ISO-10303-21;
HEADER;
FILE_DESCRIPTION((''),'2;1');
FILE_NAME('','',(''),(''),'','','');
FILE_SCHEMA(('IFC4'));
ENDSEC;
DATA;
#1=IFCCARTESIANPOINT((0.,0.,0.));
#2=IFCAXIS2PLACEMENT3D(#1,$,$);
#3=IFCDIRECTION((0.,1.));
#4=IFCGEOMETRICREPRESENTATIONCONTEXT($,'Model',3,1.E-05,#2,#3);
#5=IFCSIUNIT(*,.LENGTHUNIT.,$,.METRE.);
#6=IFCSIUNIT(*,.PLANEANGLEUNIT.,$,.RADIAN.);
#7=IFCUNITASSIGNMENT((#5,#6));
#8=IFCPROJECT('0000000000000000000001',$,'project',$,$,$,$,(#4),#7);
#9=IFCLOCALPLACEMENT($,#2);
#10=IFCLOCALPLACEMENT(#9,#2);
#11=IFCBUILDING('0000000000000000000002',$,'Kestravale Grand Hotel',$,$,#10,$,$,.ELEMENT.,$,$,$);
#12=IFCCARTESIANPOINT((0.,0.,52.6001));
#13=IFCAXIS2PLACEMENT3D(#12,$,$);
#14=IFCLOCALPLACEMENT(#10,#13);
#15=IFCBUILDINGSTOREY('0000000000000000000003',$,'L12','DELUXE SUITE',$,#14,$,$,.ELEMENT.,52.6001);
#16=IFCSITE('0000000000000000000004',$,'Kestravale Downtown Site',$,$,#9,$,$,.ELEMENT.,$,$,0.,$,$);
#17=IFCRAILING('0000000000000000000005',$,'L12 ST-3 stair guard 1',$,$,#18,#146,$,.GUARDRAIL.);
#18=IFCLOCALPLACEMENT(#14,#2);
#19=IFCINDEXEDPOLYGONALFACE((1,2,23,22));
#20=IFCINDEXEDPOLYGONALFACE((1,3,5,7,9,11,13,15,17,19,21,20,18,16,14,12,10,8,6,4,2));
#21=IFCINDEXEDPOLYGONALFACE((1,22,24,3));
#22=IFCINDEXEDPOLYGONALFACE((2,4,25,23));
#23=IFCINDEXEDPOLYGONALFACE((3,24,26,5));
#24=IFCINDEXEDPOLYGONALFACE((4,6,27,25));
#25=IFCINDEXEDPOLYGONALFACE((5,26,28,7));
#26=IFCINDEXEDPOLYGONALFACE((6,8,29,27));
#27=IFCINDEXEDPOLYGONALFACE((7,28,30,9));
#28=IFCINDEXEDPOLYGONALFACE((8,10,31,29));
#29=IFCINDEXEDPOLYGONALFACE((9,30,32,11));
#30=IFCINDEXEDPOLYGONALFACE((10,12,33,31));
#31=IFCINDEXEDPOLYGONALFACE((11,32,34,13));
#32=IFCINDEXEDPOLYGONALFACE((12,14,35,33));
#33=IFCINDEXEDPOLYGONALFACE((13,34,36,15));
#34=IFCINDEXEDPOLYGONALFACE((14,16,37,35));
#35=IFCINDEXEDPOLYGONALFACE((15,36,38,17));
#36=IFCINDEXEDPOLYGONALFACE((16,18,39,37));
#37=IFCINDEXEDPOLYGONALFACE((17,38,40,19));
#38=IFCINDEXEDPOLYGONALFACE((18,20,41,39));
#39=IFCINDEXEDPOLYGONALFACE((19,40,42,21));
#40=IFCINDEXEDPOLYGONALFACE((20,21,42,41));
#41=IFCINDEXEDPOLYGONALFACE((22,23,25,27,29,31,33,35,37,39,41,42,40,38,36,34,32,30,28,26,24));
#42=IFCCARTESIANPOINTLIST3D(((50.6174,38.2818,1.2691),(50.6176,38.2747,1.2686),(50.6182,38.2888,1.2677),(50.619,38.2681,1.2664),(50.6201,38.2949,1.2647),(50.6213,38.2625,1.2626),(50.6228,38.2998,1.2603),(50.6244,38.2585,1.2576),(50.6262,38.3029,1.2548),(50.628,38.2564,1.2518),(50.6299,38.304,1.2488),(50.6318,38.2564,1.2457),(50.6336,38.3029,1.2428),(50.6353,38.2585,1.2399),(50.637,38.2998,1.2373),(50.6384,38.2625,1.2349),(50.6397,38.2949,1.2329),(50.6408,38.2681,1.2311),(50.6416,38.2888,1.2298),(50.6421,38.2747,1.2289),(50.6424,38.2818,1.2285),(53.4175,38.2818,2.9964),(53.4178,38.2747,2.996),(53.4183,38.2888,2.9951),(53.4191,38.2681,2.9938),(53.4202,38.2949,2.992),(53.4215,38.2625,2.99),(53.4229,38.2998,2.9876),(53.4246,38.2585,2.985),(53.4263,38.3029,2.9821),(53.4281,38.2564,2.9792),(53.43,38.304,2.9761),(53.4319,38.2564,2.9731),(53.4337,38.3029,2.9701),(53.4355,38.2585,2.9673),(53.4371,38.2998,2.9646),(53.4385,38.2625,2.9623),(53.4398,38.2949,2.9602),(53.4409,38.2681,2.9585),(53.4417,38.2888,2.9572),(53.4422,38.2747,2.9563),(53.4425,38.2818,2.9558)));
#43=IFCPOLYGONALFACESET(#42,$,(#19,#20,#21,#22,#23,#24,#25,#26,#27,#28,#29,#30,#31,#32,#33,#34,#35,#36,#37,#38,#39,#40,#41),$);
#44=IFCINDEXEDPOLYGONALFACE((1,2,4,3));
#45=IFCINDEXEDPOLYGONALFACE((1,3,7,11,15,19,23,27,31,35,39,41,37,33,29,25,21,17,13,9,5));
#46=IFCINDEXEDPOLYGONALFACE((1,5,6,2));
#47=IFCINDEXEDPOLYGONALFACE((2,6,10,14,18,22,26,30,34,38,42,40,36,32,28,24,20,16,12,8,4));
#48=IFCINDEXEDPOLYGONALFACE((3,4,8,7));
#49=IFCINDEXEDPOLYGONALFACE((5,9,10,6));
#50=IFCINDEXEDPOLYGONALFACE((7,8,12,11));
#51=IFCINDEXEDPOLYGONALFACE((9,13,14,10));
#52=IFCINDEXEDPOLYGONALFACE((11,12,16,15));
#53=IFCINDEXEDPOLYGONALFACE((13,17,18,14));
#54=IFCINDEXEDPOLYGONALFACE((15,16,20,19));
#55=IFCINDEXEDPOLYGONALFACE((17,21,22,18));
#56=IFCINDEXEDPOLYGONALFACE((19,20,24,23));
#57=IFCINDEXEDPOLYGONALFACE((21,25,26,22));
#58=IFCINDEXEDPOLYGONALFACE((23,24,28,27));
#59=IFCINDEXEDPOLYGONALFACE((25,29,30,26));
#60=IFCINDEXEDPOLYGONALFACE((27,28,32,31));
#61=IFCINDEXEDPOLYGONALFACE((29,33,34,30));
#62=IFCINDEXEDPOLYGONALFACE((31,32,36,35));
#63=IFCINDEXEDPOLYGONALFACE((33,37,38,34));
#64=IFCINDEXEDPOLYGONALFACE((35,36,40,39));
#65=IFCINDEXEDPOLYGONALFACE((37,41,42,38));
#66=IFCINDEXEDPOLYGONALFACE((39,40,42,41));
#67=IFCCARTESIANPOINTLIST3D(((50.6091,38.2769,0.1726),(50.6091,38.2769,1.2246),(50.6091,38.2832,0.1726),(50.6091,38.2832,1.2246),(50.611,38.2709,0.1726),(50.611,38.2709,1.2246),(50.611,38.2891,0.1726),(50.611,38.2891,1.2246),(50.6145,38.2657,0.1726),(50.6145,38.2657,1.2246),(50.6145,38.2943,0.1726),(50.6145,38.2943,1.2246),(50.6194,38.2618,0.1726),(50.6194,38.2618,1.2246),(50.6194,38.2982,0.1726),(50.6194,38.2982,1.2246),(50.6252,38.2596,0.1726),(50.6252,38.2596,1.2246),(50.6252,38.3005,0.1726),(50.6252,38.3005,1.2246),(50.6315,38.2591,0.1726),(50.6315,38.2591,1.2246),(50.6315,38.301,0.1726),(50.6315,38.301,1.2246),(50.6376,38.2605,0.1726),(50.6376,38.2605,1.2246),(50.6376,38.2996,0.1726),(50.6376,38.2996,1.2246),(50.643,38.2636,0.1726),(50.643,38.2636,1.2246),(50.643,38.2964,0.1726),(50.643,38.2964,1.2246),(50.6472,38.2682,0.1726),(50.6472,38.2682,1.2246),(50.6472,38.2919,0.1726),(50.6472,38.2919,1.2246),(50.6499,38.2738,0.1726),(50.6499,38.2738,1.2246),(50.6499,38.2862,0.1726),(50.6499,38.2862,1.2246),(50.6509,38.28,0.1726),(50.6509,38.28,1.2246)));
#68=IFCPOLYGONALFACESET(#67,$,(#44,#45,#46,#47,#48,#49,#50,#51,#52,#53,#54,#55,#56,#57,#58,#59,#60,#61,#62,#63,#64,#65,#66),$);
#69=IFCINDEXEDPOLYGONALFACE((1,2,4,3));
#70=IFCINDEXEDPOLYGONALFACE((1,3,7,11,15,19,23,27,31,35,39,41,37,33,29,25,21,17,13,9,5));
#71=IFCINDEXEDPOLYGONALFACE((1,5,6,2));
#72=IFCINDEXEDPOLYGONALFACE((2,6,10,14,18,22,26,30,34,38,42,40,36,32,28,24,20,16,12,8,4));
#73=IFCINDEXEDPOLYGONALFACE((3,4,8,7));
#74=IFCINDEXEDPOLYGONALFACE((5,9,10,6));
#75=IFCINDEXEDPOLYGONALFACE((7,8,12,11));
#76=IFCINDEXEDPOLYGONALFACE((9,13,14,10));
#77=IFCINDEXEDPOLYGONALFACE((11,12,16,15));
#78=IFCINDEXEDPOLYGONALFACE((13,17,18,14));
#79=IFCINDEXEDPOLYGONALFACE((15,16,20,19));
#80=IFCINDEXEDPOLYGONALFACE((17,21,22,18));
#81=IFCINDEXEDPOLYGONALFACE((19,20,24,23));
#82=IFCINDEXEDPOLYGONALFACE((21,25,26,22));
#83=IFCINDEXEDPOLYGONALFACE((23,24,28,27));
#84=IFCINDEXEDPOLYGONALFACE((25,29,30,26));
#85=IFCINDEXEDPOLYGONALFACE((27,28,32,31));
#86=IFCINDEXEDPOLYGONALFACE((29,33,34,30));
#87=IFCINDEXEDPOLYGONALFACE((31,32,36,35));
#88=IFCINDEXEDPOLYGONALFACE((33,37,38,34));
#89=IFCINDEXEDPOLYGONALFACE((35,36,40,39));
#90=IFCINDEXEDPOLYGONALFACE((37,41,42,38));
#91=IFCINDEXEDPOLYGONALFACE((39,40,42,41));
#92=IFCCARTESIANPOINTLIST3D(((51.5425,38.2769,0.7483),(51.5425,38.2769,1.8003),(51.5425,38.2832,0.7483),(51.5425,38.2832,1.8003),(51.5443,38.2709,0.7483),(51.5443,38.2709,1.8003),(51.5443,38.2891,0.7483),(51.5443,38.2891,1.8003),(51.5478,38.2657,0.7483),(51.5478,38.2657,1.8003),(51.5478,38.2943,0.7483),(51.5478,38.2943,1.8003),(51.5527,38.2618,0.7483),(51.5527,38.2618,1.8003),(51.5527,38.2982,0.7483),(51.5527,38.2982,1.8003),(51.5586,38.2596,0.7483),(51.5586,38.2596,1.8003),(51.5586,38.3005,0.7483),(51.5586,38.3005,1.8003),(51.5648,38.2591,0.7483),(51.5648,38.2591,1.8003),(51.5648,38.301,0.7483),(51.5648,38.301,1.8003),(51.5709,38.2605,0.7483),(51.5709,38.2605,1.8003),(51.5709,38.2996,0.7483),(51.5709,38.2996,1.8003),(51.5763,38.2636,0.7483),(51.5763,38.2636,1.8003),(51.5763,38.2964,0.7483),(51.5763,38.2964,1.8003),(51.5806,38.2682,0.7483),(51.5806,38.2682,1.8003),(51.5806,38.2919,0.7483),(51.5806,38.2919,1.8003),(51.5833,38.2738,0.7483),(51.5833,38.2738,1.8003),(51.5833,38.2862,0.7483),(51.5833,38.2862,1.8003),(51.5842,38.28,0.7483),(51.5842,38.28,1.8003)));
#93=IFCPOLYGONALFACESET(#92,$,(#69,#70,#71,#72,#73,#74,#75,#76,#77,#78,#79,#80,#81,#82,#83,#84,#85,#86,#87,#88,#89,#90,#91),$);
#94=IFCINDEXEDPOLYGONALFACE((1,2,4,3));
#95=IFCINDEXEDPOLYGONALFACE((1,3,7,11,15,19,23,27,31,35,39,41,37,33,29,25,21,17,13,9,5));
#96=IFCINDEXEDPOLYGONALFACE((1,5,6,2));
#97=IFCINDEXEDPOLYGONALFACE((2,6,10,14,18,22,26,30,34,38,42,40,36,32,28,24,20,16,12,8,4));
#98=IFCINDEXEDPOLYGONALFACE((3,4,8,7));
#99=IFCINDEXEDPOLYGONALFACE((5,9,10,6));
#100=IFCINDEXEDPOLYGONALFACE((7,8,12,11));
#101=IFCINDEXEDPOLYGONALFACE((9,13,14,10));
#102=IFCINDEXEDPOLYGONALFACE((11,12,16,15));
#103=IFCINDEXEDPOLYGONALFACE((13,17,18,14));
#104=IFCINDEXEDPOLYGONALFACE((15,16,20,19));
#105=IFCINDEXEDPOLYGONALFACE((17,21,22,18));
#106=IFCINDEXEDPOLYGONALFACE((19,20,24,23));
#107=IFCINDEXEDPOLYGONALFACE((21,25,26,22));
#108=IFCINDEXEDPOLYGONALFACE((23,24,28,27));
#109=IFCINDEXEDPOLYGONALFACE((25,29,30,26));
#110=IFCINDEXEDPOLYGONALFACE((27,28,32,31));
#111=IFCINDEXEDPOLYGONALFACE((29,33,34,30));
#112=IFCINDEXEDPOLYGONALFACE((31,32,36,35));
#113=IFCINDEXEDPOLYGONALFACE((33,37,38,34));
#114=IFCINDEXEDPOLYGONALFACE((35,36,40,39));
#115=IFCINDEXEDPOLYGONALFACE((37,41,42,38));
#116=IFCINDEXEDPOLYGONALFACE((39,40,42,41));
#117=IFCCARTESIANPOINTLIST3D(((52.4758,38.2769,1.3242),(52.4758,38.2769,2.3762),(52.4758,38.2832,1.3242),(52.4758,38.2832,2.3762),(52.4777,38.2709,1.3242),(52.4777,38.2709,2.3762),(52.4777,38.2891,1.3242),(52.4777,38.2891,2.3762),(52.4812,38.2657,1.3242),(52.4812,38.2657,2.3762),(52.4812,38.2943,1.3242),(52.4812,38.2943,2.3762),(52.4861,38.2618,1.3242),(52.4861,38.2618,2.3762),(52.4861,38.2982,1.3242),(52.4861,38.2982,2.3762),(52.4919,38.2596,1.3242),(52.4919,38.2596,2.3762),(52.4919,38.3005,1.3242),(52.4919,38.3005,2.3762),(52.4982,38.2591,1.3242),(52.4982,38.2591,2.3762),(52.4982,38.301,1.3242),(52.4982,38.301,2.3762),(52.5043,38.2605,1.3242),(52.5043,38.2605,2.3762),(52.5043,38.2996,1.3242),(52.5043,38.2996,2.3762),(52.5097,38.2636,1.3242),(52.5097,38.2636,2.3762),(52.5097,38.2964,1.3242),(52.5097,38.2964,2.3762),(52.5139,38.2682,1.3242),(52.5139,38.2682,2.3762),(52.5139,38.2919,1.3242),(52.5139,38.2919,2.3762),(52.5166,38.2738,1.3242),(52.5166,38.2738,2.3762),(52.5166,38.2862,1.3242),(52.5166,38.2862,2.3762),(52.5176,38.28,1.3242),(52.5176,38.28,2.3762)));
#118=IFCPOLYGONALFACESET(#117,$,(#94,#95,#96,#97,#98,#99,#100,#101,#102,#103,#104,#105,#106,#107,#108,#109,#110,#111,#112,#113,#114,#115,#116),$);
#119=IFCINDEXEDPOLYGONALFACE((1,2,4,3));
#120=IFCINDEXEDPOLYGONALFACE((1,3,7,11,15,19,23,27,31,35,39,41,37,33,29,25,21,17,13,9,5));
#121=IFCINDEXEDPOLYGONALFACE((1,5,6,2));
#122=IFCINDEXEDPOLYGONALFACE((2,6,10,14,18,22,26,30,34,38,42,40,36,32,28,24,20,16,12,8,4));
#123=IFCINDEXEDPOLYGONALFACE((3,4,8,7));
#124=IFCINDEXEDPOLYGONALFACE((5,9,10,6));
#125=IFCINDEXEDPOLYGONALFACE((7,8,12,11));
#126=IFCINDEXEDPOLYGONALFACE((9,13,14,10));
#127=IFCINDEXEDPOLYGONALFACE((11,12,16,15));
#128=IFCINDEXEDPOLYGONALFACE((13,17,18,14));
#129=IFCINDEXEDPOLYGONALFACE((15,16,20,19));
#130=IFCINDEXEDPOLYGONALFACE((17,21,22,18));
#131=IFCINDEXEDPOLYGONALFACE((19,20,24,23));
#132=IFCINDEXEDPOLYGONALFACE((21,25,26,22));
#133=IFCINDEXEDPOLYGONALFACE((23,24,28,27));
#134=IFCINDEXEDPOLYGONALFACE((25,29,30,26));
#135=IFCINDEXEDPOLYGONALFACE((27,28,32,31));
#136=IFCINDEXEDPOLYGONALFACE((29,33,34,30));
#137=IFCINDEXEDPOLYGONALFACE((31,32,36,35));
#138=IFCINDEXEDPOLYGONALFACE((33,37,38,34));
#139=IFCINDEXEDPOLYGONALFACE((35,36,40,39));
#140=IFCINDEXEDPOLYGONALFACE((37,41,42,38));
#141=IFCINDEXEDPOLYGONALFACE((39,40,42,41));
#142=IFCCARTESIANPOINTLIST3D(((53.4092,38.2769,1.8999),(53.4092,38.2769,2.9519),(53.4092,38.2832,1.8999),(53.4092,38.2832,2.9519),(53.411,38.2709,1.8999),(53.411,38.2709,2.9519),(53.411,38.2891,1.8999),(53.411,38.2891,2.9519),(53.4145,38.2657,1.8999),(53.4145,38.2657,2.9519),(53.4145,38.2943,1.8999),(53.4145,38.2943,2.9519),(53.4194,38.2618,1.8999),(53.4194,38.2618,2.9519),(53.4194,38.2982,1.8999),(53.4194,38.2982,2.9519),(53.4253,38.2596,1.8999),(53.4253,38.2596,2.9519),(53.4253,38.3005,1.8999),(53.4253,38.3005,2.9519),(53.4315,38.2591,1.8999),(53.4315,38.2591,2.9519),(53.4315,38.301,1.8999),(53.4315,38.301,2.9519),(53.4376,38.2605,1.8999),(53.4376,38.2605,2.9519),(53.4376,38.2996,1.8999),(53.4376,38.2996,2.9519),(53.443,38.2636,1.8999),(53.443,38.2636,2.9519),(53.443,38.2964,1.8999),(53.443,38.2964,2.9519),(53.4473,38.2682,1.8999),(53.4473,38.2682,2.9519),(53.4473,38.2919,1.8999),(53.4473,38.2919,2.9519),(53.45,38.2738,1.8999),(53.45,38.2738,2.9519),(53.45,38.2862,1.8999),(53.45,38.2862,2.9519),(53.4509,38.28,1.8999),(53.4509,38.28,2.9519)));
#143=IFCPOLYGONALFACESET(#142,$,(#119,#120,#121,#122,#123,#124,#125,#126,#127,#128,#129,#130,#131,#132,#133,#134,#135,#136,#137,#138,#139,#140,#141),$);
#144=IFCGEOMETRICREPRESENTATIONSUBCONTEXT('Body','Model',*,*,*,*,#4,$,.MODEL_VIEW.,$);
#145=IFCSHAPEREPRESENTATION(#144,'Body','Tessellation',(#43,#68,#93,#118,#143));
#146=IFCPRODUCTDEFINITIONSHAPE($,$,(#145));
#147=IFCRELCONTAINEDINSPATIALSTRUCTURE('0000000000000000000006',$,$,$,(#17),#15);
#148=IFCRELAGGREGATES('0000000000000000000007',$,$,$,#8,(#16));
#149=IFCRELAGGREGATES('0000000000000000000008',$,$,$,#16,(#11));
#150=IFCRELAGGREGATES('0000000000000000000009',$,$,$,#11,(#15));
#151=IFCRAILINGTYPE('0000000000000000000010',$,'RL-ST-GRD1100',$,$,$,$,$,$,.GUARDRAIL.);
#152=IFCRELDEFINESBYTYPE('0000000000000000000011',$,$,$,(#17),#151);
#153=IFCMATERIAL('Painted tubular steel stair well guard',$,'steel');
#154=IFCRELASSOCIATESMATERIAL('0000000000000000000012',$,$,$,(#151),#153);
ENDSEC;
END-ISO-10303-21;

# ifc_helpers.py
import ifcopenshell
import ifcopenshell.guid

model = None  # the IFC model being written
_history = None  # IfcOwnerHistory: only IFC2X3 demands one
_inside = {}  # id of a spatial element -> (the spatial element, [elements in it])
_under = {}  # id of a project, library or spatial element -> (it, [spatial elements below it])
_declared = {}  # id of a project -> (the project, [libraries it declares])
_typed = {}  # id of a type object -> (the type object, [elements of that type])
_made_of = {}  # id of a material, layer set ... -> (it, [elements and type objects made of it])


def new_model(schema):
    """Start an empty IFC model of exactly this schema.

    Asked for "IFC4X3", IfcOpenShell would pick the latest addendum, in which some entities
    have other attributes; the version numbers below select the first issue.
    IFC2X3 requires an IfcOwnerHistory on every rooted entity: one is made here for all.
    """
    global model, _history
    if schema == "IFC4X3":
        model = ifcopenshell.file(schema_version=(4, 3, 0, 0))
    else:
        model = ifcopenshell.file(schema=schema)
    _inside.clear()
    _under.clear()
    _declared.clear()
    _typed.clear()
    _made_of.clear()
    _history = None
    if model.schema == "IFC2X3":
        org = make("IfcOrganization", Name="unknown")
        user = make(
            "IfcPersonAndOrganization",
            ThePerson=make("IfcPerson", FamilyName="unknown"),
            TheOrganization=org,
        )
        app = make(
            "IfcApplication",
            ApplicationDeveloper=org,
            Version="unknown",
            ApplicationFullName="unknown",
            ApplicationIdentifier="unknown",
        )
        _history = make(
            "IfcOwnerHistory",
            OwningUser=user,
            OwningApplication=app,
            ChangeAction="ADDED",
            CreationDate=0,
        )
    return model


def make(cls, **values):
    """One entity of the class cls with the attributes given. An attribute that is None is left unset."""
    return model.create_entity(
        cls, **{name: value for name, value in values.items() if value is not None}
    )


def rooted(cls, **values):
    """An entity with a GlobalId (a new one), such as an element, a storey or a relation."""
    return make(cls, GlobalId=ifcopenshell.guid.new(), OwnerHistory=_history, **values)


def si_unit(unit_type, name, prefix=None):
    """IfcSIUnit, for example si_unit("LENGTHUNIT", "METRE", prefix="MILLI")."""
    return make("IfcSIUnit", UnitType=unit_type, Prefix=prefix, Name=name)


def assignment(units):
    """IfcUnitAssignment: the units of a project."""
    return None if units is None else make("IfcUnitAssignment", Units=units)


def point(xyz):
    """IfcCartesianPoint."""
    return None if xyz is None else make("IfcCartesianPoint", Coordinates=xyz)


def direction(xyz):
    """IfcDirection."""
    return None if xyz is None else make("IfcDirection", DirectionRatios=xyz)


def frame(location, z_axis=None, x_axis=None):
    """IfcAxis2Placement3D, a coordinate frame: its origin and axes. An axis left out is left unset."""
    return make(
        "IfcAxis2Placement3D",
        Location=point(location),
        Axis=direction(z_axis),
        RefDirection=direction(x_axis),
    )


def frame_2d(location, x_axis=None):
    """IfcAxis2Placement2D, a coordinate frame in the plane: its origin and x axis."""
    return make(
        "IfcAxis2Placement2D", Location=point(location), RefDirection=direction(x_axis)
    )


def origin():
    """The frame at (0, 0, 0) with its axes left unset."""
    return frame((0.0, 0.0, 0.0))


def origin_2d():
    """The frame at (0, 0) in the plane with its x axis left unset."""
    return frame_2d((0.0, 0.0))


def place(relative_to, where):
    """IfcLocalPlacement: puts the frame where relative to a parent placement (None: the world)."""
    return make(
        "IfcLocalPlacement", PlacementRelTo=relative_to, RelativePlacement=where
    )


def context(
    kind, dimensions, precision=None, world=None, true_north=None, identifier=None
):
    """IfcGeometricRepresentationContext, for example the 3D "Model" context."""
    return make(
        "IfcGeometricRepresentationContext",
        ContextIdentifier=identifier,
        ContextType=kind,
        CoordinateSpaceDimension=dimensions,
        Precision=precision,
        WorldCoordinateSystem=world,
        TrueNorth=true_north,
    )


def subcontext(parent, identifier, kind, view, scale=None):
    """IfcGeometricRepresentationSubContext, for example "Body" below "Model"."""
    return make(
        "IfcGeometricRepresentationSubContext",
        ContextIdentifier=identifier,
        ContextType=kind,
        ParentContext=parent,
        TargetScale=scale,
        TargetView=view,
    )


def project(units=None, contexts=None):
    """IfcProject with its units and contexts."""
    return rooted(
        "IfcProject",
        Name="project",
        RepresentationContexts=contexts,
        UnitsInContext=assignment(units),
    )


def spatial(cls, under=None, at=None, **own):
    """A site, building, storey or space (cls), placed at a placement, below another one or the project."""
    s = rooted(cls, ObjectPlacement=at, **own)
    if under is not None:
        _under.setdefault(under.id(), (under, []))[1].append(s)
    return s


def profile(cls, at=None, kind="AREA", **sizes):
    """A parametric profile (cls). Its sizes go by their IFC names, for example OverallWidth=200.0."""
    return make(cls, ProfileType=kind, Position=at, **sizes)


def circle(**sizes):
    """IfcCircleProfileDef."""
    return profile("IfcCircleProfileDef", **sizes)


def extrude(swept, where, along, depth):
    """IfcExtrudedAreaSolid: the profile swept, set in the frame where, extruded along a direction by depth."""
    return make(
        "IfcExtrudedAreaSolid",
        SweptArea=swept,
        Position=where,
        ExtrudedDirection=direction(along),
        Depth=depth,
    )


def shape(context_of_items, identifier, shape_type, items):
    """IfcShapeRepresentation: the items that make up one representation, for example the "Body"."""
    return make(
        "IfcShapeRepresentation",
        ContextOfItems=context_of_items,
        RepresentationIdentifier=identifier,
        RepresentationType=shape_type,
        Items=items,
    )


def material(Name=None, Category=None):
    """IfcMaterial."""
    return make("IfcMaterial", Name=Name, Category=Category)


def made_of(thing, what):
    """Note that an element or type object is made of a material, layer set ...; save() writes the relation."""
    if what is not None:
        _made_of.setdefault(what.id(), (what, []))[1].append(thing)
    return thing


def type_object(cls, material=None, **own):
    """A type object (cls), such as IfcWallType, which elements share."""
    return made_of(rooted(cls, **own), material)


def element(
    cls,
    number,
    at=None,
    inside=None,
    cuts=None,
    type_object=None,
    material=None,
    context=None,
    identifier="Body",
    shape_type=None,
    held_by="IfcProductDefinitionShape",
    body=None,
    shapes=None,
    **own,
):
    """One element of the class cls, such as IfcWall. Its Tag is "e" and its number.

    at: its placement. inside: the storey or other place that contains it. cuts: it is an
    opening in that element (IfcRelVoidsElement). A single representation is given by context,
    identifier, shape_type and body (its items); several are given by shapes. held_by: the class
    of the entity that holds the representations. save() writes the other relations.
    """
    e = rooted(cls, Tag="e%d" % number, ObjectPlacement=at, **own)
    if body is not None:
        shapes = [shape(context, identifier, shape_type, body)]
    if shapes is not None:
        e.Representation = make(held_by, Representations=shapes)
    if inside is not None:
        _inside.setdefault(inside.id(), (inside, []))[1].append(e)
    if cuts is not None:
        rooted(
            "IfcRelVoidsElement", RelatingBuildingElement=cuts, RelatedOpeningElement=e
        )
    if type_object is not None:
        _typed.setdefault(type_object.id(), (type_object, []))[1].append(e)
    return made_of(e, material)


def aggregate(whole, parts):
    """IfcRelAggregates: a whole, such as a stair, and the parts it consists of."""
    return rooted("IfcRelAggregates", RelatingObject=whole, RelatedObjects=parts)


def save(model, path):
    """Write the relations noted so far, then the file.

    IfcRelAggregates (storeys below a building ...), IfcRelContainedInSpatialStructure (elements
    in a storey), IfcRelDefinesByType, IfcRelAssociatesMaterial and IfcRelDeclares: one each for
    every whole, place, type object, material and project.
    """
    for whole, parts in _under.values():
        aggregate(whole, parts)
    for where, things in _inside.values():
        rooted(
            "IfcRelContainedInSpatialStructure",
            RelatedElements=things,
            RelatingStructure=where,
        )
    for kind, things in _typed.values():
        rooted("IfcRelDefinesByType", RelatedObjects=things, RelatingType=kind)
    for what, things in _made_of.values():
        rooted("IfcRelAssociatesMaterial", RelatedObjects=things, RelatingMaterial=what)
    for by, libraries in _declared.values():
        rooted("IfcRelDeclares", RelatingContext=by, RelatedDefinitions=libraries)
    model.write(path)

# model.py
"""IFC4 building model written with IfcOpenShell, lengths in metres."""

from ifc_helpers import new_model, si_unit, direction, frame, origin, origin_2d, place, context, subcontext, project, spatial, circle, extrude, material, type_object, element, save


model = new_model("IFC4")

# Units and contexts
model_context = context("Model", 3, precision=1e-05, world=origin(), true_north=direction((0.0, 1.0)))
body_context = subcontext(model_context, "Body", "Model", "MODEL_VIEW")
ifc_project = project(units=[si_unit("LENGTHUNIT", "METRE"), si_unit("PLANEANGLEUNIT", "RADIAN")], contexts=[model_context])

# Site, building, storey
site_placement = place(None, origin())
site = spatial("IfcSite", under=ifc_project, at=site_placement, Name="Kestravale Downtown Site", CompositionType="ELEMENT", RefElevation=0.0)
building_placement = place(site_placement, origin())
building = spatial("IfcBuilding", under=site, at=building_placement, Name="Kestravale Grand Hotel", CompositionType="ELEMENT")
storey_placement = place(building_placement, frame((0.0, 0.0, 52.6001)))
storey = spatial("IfcBuildingStorey", under=building, at=storey_placement, Name="L12", Description="DELUXE SUITE", CompositionType="ELEMENT", Elevation=52.6001)

# Railing
ifc_material_1 = material(Name="Painted tubular steel stair well guard", Category="steel")
railing_type_1 = type_object("IfcRailingType", Name="RL-ST-GRD1100", PredefinedType="GUARDRAIL", material=ifc_material_1)
railing_1_placement = place(storey_placement, frame((50.6299, 38.28, 0.1726)))
element("IfcRailing", 1, at=railing_1_placement, inside=storey, type_object=railing_type_1, Name="L12 ST-3 stair guard 1", PredefinedType="GUARDRAIL", context=body_context, shape_type="SweptSolid", body=[
    extrude(circle(Radius=0.0239, at=origin_2d()), frame((0.0, 0.0, 1.0762), z_axis=(0.85109, 0.0, 0.52502), x_axis=(0.0, 1.0, 0.0)), (0.0, 0.0, 1.0), 3.29),
    extrude(circle(Radius=0.021, at=origin_2d()), origin(), (0.0, 0.0, 1.0), 1.052),
    extrude(circle(Radius=0.021, at=origin_2d()), frame((0.9333, 0.0, 0.5757)), (0.0, 0.0, 1.0), 1.052),
    extrude(circle(Radius=0.021, at=origin_2d()), frame((1.8667, 0.0, 1.1516)), (0.0, 0.0, 1.0), 1.052),
    extrude(circle(Radius=0.021, at=origin_2d()), frame((2.8, 0.0, 1.7273)), (0.0, 0.0, 1.0), 1.052),
])

save(model, "model.ifc")
